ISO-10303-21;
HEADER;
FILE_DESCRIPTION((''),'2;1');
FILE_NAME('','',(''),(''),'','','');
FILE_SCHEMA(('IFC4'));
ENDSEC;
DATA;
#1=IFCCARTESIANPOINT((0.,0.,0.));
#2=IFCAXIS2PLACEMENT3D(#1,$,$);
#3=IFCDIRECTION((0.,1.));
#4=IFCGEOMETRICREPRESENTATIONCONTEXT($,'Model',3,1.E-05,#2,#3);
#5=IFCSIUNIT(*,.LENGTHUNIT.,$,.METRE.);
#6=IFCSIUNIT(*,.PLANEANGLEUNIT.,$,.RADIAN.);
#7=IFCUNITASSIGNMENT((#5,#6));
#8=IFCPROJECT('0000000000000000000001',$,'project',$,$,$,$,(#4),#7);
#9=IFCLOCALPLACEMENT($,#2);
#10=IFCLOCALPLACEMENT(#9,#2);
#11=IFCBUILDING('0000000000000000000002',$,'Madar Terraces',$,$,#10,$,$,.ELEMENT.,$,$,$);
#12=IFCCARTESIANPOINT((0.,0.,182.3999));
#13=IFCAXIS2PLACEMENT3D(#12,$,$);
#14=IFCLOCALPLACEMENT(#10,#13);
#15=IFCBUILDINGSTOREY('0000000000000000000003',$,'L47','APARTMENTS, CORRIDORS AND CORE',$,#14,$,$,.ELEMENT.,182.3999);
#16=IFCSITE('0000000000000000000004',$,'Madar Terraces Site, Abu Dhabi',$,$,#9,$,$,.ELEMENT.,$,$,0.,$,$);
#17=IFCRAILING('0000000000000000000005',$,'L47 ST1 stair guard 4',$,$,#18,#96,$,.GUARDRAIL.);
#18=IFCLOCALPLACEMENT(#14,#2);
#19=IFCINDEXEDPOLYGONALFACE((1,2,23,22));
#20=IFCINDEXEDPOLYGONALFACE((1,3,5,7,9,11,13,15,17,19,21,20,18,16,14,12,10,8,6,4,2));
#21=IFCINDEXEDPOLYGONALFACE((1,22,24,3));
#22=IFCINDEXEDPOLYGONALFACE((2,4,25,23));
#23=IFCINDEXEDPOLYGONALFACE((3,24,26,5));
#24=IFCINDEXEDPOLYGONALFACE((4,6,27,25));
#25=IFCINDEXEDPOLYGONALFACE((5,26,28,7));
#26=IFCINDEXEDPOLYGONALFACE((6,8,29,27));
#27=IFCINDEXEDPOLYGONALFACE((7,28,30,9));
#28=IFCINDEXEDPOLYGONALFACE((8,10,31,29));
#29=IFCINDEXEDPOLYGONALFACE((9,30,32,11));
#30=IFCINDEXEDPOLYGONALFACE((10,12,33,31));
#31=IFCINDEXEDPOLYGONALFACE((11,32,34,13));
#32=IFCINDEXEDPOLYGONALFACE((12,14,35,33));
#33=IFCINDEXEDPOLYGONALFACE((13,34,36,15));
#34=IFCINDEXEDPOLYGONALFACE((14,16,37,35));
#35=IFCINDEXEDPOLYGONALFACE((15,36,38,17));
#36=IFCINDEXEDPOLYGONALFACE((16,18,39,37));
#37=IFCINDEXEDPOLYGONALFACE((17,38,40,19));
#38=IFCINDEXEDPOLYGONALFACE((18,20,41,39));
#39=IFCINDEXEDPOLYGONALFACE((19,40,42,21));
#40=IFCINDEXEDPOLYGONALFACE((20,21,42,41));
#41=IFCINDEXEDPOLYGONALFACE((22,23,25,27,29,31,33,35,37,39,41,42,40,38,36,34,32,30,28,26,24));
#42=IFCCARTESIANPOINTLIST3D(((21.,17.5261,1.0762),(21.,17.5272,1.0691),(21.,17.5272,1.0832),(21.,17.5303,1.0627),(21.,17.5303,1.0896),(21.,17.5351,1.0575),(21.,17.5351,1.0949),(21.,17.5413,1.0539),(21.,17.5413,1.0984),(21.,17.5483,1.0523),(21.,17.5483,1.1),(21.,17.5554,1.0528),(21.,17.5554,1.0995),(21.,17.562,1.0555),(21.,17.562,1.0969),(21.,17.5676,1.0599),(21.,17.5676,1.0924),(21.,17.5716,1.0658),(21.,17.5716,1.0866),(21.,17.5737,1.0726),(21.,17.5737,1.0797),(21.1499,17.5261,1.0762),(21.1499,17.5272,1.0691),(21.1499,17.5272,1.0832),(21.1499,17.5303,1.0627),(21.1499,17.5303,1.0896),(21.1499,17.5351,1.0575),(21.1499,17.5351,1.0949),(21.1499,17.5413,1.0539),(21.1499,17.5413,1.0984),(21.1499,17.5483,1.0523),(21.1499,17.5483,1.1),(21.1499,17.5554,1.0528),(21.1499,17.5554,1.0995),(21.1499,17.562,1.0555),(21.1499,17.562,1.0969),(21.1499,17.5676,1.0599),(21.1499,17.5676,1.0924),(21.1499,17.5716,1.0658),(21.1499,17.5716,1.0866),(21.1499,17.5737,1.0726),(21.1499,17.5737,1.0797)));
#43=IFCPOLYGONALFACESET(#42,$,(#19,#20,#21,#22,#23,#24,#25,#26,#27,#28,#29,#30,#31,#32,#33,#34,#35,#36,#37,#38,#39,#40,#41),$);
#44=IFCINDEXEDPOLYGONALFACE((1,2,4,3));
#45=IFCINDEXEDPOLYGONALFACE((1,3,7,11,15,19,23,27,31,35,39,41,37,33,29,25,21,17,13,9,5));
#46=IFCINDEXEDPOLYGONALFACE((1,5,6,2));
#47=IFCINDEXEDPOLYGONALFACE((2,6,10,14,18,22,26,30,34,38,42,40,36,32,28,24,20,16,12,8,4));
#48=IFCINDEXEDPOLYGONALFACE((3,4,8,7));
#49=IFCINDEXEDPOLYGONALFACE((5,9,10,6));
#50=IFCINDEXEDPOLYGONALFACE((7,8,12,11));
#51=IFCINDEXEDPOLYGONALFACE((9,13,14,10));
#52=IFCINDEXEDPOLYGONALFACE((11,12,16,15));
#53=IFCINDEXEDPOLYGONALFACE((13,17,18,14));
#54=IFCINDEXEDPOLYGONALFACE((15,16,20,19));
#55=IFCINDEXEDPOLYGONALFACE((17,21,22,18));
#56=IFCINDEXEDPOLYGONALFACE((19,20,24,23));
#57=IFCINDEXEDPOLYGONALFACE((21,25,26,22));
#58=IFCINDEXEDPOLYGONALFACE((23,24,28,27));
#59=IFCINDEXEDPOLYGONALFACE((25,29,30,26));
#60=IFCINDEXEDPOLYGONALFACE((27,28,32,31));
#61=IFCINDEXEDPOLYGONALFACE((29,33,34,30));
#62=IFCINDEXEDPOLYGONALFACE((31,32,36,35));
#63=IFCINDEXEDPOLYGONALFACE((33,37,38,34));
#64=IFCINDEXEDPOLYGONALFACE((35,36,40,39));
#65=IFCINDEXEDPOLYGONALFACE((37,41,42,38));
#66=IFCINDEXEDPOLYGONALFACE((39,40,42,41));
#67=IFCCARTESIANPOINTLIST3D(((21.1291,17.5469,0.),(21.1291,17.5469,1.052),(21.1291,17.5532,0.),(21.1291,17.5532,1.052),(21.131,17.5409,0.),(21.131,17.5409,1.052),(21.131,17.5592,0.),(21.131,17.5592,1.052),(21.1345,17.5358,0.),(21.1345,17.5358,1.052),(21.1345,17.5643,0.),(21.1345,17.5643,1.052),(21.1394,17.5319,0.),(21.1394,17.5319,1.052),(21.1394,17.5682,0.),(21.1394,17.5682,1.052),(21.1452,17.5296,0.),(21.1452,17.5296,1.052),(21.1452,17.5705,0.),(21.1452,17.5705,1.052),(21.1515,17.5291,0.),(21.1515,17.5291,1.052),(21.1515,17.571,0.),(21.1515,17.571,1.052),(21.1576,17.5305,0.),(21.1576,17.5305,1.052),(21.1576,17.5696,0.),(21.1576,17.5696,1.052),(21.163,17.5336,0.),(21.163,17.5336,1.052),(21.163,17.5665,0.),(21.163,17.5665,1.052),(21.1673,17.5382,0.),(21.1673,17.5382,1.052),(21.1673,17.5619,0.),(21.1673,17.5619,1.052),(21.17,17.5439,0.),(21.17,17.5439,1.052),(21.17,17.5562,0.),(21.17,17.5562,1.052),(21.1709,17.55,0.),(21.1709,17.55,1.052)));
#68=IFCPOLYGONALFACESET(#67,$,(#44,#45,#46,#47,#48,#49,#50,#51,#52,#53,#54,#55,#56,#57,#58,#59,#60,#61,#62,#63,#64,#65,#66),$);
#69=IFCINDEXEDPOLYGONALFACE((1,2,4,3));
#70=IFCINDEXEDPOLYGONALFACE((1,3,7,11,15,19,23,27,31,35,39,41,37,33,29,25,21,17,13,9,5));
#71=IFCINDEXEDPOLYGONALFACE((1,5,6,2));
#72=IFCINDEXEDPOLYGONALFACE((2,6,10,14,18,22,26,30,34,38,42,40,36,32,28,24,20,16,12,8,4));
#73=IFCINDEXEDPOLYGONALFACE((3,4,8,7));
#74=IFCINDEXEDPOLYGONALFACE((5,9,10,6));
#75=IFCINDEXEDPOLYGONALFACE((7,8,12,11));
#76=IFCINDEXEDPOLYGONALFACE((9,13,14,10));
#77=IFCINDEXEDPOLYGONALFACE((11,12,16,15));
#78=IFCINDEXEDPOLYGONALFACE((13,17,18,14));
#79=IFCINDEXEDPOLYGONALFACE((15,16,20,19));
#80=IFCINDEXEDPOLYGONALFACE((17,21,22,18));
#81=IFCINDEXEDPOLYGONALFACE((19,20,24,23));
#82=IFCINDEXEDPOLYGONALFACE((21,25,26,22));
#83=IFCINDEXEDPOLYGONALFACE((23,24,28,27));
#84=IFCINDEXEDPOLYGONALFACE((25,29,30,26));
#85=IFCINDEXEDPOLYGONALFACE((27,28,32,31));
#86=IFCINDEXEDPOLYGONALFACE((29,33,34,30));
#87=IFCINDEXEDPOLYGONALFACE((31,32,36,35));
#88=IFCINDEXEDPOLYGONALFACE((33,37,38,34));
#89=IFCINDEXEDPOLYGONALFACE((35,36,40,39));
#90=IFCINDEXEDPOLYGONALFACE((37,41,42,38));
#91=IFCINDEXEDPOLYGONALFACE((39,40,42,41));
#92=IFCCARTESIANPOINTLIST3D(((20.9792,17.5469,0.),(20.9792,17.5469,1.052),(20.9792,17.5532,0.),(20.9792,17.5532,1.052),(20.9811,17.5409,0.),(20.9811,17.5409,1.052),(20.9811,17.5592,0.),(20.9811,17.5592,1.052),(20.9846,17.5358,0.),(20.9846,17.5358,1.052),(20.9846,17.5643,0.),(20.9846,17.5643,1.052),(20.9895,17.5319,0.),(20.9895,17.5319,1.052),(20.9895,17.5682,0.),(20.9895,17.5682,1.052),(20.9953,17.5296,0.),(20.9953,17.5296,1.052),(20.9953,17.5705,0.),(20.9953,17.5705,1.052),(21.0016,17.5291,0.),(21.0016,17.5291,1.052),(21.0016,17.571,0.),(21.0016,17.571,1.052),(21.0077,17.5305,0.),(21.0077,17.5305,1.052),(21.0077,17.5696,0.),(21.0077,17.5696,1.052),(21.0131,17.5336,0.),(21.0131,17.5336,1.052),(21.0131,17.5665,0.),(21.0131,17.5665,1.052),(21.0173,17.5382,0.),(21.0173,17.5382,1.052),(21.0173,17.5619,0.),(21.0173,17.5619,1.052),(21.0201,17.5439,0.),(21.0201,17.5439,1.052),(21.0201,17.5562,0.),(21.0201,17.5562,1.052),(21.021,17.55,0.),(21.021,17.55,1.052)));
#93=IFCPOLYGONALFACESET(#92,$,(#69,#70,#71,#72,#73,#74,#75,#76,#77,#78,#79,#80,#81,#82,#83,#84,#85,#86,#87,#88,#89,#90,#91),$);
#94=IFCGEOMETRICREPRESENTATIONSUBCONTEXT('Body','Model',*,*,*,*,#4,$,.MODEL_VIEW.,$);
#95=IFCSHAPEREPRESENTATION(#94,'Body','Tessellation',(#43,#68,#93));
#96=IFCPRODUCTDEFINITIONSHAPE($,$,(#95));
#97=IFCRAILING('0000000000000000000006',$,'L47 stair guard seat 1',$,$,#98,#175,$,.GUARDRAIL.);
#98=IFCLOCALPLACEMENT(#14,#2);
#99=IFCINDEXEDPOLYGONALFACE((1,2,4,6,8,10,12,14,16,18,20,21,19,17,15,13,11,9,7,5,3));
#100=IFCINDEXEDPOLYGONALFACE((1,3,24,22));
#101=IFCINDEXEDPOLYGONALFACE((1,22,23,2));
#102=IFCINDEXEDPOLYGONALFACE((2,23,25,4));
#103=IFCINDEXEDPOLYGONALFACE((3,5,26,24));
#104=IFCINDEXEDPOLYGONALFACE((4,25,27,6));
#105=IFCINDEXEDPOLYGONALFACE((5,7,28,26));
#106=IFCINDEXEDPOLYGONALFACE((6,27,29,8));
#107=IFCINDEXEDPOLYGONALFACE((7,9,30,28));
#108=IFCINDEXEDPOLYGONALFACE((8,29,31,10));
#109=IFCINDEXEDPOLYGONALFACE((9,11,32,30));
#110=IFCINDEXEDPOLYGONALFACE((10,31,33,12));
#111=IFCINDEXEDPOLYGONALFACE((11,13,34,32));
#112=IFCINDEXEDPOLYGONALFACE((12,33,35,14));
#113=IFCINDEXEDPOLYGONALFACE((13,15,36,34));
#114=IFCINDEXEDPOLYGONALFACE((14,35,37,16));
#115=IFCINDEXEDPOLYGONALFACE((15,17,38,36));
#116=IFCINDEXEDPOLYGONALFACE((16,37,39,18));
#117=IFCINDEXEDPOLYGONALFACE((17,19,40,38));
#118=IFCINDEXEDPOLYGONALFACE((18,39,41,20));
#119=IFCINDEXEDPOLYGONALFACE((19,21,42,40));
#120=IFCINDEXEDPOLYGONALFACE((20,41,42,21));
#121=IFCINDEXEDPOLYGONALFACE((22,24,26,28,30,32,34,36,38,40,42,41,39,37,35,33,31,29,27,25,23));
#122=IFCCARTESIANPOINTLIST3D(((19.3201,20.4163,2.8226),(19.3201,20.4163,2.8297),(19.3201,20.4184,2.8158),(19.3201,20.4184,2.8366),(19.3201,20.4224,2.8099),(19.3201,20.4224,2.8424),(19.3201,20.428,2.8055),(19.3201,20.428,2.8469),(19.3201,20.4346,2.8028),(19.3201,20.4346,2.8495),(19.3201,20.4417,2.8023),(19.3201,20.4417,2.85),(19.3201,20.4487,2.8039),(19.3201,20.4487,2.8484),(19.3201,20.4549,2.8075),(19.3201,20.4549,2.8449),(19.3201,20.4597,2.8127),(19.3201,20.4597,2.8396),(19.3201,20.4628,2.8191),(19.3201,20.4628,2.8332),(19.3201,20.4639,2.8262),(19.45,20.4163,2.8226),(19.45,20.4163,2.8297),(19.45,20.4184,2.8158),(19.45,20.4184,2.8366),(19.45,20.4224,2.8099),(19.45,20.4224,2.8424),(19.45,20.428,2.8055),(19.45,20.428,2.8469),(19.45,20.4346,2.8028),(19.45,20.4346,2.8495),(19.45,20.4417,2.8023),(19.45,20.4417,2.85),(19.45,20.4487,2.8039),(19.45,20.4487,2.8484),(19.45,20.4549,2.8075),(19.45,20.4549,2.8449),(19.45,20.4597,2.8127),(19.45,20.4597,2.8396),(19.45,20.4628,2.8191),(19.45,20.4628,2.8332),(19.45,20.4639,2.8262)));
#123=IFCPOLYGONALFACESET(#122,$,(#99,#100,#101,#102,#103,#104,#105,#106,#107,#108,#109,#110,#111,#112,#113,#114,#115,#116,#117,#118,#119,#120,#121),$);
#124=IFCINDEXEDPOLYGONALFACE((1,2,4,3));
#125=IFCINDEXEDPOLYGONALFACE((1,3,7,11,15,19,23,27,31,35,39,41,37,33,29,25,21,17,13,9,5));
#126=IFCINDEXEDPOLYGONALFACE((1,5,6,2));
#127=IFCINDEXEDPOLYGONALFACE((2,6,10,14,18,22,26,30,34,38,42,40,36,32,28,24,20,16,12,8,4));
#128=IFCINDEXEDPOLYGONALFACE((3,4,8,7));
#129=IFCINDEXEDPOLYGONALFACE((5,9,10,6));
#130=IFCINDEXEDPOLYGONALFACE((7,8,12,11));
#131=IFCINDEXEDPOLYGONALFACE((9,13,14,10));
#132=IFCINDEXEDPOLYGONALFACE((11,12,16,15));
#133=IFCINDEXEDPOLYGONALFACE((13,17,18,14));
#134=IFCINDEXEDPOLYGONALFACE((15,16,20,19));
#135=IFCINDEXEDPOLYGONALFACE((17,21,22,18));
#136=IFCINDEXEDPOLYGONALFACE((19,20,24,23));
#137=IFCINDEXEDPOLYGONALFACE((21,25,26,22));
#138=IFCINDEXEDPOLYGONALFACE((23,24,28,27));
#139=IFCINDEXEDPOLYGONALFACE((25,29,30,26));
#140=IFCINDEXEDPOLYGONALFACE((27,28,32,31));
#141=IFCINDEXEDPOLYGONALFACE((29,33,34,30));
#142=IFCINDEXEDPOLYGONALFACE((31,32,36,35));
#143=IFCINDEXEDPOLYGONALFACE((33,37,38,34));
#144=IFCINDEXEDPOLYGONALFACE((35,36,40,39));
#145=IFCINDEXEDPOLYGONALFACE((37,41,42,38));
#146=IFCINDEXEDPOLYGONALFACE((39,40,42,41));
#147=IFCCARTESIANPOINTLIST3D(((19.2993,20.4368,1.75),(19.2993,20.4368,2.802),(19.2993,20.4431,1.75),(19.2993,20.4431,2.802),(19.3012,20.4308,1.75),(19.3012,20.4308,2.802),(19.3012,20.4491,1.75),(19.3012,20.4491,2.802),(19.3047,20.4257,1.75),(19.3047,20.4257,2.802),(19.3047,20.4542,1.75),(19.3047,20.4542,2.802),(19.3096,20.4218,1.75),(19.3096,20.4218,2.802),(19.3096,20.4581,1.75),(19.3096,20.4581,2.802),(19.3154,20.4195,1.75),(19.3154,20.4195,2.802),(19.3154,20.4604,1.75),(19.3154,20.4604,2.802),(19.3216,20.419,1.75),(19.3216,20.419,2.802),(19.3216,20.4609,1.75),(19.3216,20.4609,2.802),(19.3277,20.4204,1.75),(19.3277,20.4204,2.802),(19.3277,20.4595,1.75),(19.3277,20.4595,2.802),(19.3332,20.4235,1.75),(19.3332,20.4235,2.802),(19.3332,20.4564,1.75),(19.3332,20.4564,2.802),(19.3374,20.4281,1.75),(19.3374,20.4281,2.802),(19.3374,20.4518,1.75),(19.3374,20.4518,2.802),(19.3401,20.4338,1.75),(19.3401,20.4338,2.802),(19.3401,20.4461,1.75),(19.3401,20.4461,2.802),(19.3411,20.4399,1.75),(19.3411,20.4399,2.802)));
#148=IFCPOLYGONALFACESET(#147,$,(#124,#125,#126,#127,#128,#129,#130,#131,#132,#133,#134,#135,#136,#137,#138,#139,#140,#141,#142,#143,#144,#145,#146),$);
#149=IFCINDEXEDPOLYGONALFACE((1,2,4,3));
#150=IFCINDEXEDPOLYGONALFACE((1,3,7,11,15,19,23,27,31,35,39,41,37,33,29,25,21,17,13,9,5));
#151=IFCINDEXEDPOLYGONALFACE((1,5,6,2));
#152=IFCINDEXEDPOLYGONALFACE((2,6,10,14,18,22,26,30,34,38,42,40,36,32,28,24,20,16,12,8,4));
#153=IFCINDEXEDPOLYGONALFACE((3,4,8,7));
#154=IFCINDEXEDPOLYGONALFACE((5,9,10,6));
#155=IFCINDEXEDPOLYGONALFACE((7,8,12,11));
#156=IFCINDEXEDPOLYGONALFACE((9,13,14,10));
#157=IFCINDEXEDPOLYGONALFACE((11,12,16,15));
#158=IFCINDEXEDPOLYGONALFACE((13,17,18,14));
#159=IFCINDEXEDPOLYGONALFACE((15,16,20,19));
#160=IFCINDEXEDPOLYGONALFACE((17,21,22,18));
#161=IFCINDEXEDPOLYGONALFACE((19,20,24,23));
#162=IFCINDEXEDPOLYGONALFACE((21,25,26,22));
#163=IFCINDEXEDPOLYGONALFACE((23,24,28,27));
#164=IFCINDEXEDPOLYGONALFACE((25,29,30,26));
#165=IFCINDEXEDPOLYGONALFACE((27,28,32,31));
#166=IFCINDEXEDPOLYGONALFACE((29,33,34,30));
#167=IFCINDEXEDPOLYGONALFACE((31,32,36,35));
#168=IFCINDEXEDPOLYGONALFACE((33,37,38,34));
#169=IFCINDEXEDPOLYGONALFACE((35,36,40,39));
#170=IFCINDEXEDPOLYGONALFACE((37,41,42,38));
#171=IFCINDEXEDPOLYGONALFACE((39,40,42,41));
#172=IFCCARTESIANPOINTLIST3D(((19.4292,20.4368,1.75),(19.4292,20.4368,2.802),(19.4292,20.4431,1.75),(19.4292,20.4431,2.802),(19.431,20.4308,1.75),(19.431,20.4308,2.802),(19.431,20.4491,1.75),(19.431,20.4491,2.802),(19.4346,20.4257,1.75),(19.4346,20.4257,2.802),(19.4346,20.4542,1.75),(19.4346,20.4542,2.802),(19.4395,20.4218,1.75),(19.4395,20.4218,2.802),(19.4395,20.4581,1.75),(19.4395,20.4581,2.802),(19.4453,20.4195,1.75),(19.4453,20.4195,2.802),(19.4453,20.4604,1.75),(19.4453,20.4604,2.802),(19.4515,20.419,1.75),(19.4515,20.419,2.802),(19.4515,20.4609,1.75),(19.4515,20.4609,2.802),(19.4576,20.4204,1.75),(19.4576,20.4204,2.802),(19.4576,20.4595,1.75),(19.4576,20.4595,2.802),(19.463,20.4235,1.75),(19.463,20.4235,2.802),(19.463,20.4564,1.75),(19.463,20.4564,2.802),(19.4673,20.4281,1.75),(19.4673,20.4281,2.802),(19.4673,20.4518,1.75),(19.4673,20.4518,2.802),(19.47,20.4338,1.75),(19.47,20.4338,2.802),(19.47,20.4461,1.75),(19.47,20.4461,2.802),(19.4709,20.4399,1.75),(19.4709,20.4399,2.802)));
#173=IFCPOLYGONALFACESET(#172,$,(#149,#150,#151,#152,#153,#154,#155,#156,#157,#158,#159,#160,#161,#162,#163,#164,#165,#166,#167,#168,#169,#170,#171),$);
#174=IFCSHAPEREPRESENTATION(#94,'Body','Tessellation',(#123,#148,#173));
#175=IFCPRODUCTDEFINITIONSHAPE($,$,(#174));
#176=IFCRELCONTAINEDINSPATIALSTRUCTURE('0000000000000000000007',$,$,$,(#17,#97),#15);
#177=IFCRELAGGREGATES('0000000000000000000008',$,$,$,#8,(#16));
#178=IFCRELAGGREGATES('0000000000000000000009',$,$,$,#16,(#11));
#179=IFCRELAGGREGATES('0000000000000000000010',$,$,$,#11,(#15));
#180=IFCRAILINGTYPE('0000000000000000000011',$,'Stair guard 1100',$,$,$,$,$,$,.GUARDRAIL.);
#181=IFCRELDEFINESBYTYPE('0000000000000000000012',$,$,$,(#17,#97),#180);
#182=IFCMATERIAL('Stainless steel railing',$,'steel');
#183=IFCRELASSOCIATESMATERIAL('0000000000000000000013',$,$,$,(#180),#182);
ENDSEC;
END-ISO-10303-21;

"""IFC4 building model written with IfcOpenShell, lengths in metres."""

from ifc_helpers import new_model, si_unit, direction, frame, origin, origin_2d, place, context, subcontext, project, spatial, circle, extrude, material, type_object, element, save


model = new_model("IFC4")

# Units and contexts
model_context = context("Model", 3, precision=1e-05, world=origin(), true_north=direction((0.0, 1.0)))
body_context = subcontext(model_context, "Body", "Model", "MODEL_VIEW")
ifc_project = project(units=[si_unit("LENGTHUNIT", "METRE"), si_unit("PLANEANGLEUNIT", "RADIAN")], contexts=[model_context])

# Site, building, storey
site_placement = place(None, origin())
site = spatial("IfcSite", under=ifc_project, at=site_placement, Name="Madar Terraces Site, Abu Dhabi", CompositionType="ELEMENT", RefElevation=0.0)
building_placement = place(site_placement, origin())
building = spatial("IfcBuilding", under=site, at=building_placement, Name="Madar Terraces", CompositionType="ELEMENT")
storey_placement = place(building_placement, frame((0.0, 0.0, 182.3999)))
storey = spatial("IfcBuildingStorey", under=building, at=storey_placement, Name="L47", Description="APARTMENTS, CORRIDORS AND CORE", CompositionType="ELEMENT", Elevation=182.3999)

# Railings
ifc_material_1 = material(Name="Stainless steel railing", Category="steel")
railing_type_1 = type_object("IfcRailingType", Name="Stair guard 1100", PredefinedType="GUARDRAIL", material=ifc_material_1)
railing_1_placement = place(storey_placement, frame((21.1499, 17.55, 0.0)))
element("IfcRailing", 1, at=railing_1_placement, inside=storey, type_object=railing_type_1, Name="L47 ST1 stair guard 4", PredefinedType="GUARDRAIL", context=body_context, shape_type="SweptSolid", body=[
    extrude(circle(Radius=0.0239, at=origin_2d()), frame((0.0, 0.0, 1.0762), z_axis=(-1.0, 0.0, 0.0), x_axis=(0.0, -1.0, 0.0)), (0.0, 0.0, 1.0), 0.1499),
    extrude(circle(Radius=0.021, at=origin_2d()), origin(), (0.0, 0.0, 1.0), 1.052),
    extrude(circle(Radius=0.021, at=origin_2d()), frame((-0.1499, 0.0, 0.0)), (0.0, 0.0, 1.0), 1.052),
])
railing_2_placement = place(storey_placement, frame((19.3201, 20.4399, 1.75)))
element("IfcRailing", 2, at=railing_2_placement, inside=storey, type_object=railing_type_1, Name="L47 stair guard seat 1", PredefinedType="GUARDRAIL", context=body_context, shape_type="SweptSolid", body=[
    extrude(circle(Radius=0.0239, at=origin_2d()), frame((0.0, 0.0, 1.0762), z_axis=(1.0, 0.0, 0.0), x_axis=(0.0, 1.0, 0.0)), (0.0, 0.0, 1.0), 0.1299),
    extrude(circle(Radius=0.021, at=origin_2d()), origin(), (0.0, 0.0, 1.0), 1.052),
    extrude(circle(Radius=0.021, at=origin_2d()), frame((0.1299, 0.0, 0.0)), (0.0, 0.0, 1.0), 1.052),
])

save(model, "model.ifc")
